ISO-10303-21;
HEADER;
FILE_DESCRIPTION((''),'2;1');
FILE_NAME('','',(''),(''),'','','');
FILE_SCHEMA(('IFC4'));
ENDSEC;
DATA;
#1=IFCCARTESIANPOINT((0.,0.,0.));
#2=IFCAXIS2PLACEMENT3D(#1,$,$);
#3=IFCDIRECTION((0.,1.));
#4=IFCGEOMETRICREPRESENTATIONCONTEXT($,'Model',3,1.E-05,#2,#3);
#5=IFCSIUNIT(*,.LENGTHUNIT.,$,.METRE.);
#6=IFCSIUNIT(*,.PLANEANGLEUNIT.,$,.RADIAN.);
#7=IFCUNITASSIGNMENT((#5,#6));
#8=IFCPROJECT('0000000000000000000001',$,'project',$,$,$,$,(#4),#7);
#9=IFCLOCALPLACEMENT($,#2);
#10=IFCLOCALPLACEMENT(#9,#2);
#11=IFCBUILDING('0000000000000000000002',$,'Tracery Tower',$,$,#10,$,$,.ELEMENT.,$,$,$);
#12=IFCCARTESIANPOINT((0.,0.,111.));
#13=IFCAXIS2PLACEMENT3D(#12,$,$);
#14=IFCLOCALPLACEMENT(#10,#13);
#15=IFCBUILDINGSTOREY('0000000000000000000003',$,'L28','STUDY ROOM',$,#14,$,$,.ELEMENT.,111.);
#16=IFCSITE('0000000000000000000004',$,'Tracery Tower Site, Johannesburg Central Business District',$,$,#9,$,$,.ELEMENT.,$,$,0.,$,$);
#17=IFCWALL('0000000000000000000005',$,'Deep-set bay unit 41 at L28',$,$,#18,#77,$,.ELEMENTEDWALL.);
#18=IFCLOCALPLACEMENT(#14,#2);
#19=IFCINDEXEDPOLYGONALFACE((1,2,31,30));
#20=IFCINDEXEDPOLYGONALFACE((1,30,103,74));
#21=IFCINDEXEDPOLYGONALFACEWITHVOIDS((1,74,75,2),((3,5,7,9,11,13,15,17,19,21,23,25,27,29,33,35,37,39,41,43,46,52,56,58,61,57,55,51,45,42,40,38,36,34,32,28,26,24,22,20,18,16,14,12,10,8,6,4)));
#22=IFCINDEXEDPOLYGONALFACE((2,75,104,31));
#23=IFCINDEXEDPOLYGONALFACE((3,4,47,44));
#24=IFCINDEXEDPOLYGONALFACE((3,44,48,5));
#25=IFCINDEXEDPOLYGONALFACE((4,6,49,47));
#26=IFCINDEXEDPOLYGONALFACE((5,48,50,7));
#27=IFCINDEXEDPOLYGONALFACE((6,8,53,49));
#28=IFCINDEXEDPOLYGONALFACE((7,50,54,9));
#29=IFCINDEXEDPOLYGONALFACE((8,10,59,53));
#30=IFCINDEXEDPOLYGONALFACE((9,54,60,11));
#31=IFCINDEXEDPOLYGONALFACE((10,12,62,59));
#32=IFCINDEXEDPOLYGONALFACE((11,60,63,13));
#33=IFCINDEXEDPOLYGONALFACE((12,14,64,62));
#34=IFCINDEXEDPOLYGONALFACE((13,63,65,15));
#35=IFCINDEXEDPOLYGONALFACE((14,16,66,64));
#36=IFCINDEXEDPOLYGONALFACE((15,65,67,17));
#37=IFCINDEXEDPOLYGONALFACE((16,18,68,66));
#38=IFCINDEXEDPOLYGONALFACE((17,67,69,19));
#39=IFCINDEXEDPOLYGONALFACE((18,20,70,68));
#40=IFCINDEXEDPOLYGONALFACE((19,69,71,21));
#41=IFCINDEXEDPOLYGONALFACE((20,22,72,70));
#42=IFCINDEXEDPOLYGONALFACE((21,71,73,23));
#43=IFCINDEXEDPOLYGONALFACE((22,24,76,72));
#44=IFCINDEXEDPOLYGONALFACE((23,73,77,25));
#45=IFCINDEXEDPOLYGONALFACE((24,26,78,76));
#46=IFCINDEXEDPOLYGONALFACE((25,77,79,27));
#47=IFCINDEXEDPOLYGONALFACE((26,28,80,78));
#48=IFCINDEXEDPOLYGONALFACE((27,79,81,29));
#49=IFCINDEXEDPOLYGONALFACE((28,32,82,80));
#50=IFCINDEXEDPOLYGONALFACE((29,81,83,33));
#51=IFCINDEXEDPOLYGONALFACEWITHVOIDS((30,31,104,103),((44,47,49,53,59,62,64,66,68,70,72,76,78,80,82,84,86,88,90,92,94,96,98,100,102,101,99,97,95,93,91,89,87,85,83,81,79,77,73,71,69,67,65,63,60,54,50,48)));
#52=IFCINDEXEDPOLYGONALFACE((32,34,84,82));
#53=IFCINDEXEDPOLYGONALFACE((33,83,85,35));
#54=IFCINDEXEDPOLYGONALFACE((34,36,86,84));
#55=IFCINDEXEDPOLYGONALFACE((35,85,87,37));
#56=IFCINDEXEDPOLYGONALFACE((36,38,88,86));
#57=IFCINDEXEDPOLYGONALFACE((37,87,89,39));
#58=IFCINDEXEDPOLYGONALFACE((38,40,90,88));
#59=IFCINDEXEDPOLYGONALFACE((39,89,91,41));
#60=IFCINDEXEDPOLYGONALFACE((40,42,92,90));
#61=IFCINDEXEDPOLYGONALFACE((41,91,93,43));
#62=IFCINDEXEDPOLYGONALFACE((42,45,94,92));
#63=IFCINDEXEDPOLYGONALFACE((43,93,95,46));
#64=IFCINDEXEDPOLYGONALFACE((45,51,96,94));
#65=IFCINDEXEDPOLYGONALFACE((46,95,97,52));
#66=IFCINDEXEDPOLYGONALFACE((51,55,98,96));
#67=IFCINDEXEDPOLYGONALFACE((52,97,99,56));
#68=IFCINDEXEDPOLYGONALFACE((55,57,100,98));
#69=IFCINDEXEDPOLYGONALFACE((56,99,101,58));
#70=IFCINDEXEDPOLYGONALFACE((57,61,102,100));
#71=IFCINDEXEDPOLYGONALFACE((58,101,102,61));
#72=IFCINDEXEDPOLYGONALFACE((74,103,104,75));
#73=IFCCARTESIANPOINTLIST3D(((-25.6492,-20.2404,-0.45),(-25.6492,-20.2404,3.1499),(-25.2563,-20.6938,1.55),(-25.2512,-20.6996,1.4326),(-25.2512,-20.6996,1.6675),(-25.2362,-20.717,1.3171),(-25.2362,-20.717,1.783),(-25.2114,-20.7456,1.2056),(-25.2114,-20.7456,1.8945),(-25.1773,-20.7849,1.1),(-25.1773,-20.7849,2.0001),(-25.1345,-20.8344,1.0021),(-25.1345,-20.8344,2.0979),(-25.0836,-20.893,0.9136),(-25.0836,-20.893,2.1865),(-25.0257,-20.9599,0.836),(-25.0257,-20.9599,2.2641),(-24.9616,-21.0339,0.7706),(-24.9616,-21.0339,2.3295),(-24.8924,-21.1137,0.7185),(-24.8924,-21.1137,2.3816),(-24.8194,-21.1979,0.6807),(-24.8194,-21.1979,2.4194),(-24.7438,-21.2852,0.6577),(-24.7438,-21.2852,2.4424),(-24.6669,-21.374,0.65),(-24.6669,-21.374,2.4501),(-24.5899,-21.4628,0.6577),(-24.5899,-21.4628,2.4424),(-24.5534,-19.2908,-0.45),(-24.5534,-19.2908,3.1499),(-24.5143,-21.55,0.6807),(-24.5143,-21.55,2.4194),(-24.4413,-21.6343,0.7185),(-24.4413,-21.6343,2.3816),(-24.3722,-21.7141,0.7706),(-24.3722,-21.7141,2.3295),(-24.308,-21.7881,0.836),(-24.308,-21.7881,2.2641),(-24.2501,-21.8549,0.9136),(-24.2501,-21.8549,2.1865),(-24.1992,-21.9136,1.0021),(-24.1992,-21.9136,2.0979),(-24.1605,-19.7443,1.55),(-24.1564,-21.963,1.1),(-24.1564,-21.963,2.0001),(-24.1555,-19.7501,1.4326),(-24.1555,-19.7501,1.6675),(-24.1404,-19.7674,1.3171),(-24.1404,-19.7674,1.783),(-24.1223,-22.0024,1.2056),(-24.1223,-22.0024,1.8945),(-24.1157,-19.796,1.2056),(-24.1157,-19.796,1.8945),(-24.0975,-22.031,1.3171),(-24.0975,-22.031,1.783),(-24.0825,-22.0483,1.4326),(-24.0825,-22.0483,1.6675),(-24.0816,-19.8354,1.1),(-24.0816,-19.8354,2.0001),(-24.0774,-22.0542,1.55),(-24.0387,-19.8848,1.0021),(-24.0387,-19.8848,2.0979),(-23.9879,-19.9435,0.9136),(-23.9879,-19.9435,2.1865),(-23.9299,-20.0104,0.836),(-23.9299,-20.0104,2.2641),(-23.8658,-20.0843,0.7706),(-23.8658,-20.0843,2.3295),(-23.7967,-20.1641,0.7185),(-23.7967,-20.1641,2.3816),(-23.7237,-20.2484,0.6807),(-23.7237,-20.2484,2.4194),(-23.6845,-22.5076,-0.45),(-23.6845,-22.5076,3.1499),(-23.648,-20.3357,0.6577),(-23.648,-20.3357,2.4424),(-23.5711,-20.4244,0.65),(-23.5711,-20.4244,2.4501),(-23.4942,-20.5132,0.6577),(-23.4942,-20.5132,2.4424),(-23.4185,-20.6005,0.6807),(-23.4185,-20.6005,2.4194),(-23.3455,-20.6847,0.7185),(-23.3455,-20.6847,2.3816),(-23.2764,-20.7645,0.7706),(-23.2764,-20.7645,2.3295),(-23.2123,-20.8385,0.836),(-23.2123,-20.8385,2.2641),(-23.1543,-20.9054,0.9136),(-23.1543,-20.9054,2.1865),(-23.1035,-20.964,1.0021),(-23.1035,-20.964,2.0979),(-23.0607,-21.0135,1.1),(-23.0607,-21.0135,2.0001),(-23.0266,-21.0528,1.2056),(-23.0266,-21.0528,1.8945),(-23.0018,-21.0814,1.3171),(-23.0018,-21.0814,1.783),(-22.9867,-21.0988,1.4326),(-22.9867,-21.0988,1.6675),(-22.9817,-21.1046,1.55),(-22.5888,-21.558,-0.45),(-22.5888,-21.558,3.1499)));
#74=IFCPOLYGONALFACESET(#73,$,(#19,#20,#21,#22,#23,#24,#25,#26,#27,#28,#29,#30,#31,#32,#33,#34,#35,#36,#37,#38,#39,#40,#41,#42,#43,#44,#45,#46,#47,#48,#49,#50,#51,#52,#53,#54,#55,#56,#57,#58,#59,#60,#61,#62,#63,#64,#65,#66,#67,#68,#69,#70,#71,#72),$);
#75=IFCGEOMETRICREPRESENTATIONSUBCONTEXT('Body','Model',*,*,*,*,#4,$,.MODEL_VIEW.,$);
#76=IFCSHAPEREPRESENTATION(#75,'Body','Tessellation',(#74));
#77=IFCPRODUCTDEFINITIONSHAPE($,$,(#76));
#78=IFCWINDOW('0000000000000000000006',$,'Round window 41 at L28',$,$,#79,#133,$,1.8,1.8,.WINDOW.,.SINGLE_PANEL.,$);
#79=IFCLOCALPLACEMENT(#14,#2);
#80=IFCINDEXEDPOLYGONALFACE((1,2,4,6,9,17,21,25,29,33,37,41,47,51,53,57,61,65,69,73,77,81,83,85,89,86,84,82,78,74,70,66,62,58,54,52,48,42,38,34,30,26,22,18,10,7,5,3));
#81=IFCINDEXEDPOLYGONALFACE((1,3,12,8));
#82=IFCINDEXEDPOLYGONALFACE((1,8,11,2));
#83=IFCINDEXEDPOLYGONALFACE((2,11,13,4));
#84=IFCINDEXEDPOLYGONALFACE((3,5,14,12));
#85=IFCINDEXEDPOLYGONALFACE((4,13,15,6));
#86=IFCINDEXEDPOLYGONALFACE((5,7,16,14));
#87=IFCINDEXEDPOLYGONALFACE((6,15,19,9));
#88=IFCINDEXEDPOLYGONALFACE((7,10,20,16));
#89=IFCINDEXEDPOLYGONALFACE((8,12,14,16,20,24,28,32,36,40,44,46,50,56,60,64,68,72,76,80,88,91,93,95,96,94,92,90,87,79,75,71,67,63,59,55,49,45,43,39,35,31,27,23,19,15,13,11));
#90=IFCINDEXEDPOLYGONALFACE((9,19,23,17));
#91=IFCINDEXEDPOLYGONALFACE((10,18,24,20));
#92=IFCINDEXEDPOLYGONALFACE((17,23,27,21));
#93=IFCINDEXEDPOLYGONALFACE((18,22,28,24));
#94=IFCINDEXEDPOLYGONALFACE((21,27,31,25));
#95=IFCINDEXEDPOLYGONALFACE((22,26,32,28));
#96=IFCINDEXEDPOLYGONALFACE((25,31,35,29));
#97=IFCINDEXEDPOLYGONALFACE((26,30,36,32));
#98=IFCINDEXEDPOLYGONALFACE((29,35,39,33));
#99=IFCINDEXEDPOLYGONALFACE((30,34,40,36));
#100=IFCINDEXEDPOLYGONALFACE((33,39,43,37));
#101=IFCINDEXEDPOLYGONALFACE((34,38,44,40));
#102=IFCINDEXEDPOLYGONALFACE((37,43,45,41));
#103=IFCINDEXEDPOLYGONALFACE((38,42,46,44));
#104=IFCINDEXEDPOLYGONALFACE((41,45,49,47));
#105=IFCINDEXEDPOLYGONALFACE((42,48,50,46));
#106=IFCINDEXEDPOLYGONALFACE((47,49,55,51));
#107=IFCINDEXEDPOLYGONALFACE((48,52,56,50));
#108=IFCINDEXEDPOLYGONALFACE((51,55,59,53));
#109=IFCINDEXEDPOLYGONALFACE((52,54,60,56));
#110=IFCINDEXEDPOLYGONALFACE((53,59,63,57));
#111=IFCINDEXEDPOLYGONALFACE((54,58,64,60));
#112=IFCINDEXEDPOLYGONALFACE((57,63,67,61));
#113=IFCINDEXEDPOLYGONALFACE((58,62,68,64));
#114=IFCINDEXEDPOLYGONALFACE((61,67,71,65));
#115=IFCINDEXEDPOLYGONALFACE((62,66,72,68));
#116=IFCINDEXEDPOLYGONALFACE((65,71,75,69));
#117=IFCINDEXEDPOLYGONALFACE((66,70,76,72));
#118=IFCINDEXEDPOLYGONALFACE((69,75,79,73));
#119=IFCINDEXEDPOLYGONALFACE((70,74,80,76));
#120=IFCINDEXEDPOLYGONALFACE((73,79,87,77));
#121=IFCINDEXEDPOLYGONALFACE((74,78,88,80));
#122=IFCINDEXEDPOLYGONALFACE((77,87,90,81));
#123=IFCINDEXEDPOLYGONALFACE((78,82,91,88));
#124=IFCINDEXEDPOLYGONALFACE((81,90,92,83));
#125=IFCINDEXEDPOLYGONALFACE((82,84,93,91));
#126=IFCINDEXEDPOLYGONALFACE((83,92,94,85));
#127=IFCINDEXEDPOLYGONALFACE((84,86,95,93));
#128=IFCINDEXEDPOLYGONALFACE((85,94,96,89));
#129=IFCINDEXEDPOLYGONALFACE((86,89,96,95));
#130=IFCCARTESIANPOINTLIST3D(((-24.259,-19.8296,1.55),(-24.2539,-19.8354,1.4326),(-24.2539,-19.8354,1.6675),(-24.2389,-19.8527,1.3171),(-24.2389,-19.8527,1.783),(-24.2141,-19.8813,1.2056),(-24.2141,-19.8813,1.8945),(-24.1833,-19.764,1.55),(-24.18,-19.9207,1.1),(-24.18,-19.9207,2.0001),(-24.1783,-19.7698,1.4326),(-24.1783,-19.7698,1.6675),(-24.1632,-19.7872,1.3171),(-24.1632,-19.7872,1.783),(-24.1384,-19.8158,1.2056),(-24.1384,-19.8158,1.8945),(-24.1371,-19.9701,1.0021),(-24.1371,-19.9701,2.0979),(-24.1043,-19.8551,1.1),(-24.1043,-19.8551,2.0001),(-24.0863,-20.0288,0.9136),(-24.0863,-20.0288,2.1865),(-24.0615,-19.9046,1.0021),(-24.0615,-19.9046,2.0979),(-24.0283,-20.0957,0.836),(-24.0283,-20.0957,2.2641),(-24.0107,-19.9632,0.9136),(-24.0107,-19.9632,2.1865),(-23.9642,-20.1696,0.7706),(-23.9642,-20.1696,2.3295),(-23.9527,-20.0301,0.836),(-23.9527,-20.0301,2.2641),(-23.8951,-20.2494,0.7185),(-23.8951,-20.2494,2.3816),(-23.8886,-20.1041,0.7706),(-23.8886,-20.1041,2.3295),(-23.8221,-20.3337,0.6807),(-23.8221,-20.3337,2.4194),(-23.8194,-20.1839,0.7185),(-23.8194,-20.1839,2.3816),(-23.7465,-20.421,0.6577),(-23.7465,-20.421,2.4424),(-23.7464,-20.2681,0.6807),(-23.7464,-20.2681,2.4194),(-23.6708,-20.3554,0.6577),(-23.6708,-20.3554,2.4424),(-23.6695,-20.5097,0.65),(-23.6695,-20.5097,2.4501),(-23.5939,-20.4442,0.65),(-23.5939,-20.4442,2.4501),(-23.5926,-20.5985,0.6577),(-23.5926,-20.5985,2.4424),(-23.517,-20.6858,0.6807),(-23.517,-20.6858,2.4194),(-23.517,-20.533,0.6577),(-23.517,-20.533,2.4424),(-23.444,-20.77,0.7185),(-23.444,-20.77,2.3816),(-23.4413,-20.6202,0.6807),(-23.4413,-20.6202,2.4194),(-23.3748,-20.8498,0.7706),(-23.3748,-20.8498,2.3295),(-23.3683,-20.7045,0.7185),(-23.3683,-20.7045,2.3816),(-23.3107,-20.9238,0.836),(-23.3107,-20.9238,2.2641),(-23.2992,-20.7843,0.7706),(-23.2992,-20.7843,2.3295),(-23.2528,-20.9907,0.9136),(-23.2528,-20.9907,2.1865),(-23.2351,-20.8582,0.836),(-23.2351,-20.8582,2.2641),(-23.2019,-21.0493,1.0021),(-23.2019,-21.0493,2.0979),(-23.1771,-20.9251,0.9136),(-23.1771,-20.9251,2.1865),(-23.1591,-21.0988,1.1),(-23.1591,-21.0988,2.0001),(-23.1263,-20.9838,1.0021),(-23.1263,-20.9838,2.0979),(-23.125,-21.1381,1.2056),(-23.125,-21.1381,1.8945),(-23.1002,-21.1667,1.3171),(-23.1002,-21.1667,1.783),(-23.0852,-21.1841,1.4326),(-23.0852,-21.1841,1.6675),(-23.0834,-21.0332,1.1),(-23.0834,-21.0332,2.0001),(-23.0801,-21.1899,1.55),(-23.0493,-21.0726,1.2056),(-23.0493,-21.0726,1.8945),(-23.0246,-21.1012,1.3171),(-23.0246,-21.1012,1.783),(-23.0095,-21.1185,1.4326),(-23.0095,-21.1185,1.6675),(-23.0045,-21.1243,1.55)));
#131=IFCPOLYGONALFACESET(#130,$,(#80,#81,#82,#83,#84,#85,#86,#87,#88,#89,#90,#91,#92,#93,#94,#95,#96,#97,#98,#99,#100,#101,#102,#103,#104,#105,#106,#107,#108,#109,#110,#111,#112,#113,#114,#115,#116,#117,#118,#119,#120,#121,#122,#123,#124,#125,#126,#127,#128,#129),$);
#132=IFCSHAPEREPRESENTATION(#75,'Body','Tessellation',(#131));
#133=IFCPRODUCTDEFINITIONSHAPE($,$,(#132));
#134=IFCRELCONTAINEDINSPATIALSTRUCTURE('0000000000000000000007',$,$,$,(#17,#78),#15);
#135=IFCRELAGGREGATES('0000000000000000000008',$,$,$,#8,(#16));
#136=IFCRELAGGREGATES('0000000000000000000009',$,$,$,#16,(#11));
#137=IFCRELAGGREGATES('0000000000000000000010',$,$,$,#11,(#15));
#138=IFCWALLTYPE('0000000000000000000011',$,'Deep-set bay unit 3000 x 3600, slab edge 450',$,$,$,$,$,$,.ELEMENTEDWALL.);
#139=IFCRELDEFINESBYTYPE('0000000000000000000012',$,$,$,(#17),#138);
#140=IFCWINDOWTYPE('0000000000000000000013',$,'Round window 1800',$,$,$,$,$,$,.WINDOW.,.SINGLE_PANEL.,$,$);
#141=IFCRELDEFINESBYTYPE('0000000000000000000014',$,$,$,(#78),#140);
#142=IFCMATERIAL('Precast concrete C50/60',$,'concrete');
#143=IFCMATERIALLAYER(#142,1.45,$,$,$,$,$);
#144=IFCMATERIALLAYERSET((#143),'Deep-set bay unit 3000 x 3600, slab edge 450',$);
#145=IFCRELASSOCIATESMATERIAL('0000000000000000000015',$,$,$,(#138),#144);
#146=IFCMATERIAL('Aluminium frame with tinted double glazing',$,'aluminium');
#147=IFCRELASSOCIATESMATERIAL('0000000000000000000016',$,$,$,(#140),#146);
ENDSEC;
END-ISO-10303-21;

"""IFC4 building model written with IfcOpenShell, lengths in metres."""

from ifc_helpers import new_model, si_unit, direction, frame, frame_2d, origin, origin_2d, place, context, subcontext, project, spatial, rectangle, circle, extrude, material, layer, layer_set, type_object, element, fill, save


model = new_model("IFC4")

# Units and contexts
model_context = context("Model", 3, precision=1e-05, world=origin(), true_north=direction((0.0, 1.0)))
body_context = subcontext(model_context, "Body", "Model", "MODEL_VIEW")
ifc_project = project(units=[si_unit("LENGTHUNIT", "METRE"), si_unit("PLANEANGLEUNIT", "RADIAN")], contexts=[model_context])

# Site, building, storey
site_placement = place(None, origin())
site = spatial("IfcSite", under=ifc_project, at=site_placement, Name="Tracery Tower Site, Johannesburg Central Business District", CompositionType="ELEMENT", RefElevation=0.0)
building_placement = place(site_placement, origin())
building = spatial("IfcBuilding", under=site, at=building_placement, Name="Tracery Tower", CompositionType="ELEMENT")
storey_placement = place(building_placement, frame((0.0, 0.0, 111.0)))
storey = spatial("IfcBuildingStorey", under=building, at=storey_placement, Name="L28", Description="STUDY ROOM", CompositionType="ELEMENT", Elevation=111.0)

# Wall, opening, window
ifc_material_1 = material(Name="Precast concrete C50/60", Category="concrete")
ifc_layer_1 = layer(ifc_material_1, 1.45)
ifc_layer_set_1 = layer_set([ifc_layer_1], Name="Deep-set bay unit 3000 x 3600, slab edge 450")
wall_type_1 = type_object("IfcWallType", Name="Deep-set bay unit 3000 x 3600, slab edge 450", PredefinedType="ELEMENTEDWALL", material=ifc_layer_set_1)
wall_1_placement = place(storey_placement, frame((-25.1013, -19.7656, -0.45), z_axis=(0.0, 0.0, 1.0), x_axis=(0.65489, -0.755724, 0.0)))
wall_1 = element("IfcWall", 1, at=wall_1_placement, inside=storey, type_object=wall_type_1, Name="Deep-set bay unit 41 at L28", PredefinedType="ELEMENTEDWALL", context=body_context, shape_type="SweptSolid", body=[
    extrude(rectangle(XDim=3.0, YDim=1.45, at=frame_2d((1.5, 0.0))), origin(), (0.0, 0.0, 1.0), 3.5999),
])
opening_1_placement = place(wall_1_placement, frame((1.5, 0.0, 2.0)))
opening_1 = element("IfcOpeningElement", 2, at=opening_1_placement, cuts=wall_1, PredefinedType="OPENING", context=body_context, shape_type="SweptSolid", body=[
    extrude(circle(Radius=0.9, at=origin_2d()), frame((0.0, 0.7349, 0.0), z_axis=(0.0, -1.0, 0.0), x_axis=(1.0, 0.0, 0.0)), (0.0, 0.0, 1.0), 1.47),
])
ifc_material_2 = material(Name="Aluminium frame with tinted double glazing", Category="aluminium")
window_type = type_object("IfcWindowType", Name="Round window 1800", PartitioningType="SINGLE_PANEL", PredefinedType="WINDOW", material=ifc_material_2)
window_1_placement = place(opening_1_placement, origin())
window_1 = element("IfcWindow", 3, at=window_1_placement, inside=storey, type_object=window_type, Name="Round window 41 at L28", OverallHeight=1.8, OverallWidth=1.8, PartitioningType="SINGLE_PANEL", PredefinedType="WINDOW", context=body_context, shape_type="SweptSolid", body=[
    extrude(circle(Radius=0.9, at=origin_2d()), frame((0.0, 0.6948, 0.0), z_axis=(0.0, -1.0, 0.0), x_axis=(1.0, 0.0, 0.0)), (0.0, 0.0, 1.0), 0.1001),
])
fill(opening_1, window_1)

save(model, "model.ifc")
